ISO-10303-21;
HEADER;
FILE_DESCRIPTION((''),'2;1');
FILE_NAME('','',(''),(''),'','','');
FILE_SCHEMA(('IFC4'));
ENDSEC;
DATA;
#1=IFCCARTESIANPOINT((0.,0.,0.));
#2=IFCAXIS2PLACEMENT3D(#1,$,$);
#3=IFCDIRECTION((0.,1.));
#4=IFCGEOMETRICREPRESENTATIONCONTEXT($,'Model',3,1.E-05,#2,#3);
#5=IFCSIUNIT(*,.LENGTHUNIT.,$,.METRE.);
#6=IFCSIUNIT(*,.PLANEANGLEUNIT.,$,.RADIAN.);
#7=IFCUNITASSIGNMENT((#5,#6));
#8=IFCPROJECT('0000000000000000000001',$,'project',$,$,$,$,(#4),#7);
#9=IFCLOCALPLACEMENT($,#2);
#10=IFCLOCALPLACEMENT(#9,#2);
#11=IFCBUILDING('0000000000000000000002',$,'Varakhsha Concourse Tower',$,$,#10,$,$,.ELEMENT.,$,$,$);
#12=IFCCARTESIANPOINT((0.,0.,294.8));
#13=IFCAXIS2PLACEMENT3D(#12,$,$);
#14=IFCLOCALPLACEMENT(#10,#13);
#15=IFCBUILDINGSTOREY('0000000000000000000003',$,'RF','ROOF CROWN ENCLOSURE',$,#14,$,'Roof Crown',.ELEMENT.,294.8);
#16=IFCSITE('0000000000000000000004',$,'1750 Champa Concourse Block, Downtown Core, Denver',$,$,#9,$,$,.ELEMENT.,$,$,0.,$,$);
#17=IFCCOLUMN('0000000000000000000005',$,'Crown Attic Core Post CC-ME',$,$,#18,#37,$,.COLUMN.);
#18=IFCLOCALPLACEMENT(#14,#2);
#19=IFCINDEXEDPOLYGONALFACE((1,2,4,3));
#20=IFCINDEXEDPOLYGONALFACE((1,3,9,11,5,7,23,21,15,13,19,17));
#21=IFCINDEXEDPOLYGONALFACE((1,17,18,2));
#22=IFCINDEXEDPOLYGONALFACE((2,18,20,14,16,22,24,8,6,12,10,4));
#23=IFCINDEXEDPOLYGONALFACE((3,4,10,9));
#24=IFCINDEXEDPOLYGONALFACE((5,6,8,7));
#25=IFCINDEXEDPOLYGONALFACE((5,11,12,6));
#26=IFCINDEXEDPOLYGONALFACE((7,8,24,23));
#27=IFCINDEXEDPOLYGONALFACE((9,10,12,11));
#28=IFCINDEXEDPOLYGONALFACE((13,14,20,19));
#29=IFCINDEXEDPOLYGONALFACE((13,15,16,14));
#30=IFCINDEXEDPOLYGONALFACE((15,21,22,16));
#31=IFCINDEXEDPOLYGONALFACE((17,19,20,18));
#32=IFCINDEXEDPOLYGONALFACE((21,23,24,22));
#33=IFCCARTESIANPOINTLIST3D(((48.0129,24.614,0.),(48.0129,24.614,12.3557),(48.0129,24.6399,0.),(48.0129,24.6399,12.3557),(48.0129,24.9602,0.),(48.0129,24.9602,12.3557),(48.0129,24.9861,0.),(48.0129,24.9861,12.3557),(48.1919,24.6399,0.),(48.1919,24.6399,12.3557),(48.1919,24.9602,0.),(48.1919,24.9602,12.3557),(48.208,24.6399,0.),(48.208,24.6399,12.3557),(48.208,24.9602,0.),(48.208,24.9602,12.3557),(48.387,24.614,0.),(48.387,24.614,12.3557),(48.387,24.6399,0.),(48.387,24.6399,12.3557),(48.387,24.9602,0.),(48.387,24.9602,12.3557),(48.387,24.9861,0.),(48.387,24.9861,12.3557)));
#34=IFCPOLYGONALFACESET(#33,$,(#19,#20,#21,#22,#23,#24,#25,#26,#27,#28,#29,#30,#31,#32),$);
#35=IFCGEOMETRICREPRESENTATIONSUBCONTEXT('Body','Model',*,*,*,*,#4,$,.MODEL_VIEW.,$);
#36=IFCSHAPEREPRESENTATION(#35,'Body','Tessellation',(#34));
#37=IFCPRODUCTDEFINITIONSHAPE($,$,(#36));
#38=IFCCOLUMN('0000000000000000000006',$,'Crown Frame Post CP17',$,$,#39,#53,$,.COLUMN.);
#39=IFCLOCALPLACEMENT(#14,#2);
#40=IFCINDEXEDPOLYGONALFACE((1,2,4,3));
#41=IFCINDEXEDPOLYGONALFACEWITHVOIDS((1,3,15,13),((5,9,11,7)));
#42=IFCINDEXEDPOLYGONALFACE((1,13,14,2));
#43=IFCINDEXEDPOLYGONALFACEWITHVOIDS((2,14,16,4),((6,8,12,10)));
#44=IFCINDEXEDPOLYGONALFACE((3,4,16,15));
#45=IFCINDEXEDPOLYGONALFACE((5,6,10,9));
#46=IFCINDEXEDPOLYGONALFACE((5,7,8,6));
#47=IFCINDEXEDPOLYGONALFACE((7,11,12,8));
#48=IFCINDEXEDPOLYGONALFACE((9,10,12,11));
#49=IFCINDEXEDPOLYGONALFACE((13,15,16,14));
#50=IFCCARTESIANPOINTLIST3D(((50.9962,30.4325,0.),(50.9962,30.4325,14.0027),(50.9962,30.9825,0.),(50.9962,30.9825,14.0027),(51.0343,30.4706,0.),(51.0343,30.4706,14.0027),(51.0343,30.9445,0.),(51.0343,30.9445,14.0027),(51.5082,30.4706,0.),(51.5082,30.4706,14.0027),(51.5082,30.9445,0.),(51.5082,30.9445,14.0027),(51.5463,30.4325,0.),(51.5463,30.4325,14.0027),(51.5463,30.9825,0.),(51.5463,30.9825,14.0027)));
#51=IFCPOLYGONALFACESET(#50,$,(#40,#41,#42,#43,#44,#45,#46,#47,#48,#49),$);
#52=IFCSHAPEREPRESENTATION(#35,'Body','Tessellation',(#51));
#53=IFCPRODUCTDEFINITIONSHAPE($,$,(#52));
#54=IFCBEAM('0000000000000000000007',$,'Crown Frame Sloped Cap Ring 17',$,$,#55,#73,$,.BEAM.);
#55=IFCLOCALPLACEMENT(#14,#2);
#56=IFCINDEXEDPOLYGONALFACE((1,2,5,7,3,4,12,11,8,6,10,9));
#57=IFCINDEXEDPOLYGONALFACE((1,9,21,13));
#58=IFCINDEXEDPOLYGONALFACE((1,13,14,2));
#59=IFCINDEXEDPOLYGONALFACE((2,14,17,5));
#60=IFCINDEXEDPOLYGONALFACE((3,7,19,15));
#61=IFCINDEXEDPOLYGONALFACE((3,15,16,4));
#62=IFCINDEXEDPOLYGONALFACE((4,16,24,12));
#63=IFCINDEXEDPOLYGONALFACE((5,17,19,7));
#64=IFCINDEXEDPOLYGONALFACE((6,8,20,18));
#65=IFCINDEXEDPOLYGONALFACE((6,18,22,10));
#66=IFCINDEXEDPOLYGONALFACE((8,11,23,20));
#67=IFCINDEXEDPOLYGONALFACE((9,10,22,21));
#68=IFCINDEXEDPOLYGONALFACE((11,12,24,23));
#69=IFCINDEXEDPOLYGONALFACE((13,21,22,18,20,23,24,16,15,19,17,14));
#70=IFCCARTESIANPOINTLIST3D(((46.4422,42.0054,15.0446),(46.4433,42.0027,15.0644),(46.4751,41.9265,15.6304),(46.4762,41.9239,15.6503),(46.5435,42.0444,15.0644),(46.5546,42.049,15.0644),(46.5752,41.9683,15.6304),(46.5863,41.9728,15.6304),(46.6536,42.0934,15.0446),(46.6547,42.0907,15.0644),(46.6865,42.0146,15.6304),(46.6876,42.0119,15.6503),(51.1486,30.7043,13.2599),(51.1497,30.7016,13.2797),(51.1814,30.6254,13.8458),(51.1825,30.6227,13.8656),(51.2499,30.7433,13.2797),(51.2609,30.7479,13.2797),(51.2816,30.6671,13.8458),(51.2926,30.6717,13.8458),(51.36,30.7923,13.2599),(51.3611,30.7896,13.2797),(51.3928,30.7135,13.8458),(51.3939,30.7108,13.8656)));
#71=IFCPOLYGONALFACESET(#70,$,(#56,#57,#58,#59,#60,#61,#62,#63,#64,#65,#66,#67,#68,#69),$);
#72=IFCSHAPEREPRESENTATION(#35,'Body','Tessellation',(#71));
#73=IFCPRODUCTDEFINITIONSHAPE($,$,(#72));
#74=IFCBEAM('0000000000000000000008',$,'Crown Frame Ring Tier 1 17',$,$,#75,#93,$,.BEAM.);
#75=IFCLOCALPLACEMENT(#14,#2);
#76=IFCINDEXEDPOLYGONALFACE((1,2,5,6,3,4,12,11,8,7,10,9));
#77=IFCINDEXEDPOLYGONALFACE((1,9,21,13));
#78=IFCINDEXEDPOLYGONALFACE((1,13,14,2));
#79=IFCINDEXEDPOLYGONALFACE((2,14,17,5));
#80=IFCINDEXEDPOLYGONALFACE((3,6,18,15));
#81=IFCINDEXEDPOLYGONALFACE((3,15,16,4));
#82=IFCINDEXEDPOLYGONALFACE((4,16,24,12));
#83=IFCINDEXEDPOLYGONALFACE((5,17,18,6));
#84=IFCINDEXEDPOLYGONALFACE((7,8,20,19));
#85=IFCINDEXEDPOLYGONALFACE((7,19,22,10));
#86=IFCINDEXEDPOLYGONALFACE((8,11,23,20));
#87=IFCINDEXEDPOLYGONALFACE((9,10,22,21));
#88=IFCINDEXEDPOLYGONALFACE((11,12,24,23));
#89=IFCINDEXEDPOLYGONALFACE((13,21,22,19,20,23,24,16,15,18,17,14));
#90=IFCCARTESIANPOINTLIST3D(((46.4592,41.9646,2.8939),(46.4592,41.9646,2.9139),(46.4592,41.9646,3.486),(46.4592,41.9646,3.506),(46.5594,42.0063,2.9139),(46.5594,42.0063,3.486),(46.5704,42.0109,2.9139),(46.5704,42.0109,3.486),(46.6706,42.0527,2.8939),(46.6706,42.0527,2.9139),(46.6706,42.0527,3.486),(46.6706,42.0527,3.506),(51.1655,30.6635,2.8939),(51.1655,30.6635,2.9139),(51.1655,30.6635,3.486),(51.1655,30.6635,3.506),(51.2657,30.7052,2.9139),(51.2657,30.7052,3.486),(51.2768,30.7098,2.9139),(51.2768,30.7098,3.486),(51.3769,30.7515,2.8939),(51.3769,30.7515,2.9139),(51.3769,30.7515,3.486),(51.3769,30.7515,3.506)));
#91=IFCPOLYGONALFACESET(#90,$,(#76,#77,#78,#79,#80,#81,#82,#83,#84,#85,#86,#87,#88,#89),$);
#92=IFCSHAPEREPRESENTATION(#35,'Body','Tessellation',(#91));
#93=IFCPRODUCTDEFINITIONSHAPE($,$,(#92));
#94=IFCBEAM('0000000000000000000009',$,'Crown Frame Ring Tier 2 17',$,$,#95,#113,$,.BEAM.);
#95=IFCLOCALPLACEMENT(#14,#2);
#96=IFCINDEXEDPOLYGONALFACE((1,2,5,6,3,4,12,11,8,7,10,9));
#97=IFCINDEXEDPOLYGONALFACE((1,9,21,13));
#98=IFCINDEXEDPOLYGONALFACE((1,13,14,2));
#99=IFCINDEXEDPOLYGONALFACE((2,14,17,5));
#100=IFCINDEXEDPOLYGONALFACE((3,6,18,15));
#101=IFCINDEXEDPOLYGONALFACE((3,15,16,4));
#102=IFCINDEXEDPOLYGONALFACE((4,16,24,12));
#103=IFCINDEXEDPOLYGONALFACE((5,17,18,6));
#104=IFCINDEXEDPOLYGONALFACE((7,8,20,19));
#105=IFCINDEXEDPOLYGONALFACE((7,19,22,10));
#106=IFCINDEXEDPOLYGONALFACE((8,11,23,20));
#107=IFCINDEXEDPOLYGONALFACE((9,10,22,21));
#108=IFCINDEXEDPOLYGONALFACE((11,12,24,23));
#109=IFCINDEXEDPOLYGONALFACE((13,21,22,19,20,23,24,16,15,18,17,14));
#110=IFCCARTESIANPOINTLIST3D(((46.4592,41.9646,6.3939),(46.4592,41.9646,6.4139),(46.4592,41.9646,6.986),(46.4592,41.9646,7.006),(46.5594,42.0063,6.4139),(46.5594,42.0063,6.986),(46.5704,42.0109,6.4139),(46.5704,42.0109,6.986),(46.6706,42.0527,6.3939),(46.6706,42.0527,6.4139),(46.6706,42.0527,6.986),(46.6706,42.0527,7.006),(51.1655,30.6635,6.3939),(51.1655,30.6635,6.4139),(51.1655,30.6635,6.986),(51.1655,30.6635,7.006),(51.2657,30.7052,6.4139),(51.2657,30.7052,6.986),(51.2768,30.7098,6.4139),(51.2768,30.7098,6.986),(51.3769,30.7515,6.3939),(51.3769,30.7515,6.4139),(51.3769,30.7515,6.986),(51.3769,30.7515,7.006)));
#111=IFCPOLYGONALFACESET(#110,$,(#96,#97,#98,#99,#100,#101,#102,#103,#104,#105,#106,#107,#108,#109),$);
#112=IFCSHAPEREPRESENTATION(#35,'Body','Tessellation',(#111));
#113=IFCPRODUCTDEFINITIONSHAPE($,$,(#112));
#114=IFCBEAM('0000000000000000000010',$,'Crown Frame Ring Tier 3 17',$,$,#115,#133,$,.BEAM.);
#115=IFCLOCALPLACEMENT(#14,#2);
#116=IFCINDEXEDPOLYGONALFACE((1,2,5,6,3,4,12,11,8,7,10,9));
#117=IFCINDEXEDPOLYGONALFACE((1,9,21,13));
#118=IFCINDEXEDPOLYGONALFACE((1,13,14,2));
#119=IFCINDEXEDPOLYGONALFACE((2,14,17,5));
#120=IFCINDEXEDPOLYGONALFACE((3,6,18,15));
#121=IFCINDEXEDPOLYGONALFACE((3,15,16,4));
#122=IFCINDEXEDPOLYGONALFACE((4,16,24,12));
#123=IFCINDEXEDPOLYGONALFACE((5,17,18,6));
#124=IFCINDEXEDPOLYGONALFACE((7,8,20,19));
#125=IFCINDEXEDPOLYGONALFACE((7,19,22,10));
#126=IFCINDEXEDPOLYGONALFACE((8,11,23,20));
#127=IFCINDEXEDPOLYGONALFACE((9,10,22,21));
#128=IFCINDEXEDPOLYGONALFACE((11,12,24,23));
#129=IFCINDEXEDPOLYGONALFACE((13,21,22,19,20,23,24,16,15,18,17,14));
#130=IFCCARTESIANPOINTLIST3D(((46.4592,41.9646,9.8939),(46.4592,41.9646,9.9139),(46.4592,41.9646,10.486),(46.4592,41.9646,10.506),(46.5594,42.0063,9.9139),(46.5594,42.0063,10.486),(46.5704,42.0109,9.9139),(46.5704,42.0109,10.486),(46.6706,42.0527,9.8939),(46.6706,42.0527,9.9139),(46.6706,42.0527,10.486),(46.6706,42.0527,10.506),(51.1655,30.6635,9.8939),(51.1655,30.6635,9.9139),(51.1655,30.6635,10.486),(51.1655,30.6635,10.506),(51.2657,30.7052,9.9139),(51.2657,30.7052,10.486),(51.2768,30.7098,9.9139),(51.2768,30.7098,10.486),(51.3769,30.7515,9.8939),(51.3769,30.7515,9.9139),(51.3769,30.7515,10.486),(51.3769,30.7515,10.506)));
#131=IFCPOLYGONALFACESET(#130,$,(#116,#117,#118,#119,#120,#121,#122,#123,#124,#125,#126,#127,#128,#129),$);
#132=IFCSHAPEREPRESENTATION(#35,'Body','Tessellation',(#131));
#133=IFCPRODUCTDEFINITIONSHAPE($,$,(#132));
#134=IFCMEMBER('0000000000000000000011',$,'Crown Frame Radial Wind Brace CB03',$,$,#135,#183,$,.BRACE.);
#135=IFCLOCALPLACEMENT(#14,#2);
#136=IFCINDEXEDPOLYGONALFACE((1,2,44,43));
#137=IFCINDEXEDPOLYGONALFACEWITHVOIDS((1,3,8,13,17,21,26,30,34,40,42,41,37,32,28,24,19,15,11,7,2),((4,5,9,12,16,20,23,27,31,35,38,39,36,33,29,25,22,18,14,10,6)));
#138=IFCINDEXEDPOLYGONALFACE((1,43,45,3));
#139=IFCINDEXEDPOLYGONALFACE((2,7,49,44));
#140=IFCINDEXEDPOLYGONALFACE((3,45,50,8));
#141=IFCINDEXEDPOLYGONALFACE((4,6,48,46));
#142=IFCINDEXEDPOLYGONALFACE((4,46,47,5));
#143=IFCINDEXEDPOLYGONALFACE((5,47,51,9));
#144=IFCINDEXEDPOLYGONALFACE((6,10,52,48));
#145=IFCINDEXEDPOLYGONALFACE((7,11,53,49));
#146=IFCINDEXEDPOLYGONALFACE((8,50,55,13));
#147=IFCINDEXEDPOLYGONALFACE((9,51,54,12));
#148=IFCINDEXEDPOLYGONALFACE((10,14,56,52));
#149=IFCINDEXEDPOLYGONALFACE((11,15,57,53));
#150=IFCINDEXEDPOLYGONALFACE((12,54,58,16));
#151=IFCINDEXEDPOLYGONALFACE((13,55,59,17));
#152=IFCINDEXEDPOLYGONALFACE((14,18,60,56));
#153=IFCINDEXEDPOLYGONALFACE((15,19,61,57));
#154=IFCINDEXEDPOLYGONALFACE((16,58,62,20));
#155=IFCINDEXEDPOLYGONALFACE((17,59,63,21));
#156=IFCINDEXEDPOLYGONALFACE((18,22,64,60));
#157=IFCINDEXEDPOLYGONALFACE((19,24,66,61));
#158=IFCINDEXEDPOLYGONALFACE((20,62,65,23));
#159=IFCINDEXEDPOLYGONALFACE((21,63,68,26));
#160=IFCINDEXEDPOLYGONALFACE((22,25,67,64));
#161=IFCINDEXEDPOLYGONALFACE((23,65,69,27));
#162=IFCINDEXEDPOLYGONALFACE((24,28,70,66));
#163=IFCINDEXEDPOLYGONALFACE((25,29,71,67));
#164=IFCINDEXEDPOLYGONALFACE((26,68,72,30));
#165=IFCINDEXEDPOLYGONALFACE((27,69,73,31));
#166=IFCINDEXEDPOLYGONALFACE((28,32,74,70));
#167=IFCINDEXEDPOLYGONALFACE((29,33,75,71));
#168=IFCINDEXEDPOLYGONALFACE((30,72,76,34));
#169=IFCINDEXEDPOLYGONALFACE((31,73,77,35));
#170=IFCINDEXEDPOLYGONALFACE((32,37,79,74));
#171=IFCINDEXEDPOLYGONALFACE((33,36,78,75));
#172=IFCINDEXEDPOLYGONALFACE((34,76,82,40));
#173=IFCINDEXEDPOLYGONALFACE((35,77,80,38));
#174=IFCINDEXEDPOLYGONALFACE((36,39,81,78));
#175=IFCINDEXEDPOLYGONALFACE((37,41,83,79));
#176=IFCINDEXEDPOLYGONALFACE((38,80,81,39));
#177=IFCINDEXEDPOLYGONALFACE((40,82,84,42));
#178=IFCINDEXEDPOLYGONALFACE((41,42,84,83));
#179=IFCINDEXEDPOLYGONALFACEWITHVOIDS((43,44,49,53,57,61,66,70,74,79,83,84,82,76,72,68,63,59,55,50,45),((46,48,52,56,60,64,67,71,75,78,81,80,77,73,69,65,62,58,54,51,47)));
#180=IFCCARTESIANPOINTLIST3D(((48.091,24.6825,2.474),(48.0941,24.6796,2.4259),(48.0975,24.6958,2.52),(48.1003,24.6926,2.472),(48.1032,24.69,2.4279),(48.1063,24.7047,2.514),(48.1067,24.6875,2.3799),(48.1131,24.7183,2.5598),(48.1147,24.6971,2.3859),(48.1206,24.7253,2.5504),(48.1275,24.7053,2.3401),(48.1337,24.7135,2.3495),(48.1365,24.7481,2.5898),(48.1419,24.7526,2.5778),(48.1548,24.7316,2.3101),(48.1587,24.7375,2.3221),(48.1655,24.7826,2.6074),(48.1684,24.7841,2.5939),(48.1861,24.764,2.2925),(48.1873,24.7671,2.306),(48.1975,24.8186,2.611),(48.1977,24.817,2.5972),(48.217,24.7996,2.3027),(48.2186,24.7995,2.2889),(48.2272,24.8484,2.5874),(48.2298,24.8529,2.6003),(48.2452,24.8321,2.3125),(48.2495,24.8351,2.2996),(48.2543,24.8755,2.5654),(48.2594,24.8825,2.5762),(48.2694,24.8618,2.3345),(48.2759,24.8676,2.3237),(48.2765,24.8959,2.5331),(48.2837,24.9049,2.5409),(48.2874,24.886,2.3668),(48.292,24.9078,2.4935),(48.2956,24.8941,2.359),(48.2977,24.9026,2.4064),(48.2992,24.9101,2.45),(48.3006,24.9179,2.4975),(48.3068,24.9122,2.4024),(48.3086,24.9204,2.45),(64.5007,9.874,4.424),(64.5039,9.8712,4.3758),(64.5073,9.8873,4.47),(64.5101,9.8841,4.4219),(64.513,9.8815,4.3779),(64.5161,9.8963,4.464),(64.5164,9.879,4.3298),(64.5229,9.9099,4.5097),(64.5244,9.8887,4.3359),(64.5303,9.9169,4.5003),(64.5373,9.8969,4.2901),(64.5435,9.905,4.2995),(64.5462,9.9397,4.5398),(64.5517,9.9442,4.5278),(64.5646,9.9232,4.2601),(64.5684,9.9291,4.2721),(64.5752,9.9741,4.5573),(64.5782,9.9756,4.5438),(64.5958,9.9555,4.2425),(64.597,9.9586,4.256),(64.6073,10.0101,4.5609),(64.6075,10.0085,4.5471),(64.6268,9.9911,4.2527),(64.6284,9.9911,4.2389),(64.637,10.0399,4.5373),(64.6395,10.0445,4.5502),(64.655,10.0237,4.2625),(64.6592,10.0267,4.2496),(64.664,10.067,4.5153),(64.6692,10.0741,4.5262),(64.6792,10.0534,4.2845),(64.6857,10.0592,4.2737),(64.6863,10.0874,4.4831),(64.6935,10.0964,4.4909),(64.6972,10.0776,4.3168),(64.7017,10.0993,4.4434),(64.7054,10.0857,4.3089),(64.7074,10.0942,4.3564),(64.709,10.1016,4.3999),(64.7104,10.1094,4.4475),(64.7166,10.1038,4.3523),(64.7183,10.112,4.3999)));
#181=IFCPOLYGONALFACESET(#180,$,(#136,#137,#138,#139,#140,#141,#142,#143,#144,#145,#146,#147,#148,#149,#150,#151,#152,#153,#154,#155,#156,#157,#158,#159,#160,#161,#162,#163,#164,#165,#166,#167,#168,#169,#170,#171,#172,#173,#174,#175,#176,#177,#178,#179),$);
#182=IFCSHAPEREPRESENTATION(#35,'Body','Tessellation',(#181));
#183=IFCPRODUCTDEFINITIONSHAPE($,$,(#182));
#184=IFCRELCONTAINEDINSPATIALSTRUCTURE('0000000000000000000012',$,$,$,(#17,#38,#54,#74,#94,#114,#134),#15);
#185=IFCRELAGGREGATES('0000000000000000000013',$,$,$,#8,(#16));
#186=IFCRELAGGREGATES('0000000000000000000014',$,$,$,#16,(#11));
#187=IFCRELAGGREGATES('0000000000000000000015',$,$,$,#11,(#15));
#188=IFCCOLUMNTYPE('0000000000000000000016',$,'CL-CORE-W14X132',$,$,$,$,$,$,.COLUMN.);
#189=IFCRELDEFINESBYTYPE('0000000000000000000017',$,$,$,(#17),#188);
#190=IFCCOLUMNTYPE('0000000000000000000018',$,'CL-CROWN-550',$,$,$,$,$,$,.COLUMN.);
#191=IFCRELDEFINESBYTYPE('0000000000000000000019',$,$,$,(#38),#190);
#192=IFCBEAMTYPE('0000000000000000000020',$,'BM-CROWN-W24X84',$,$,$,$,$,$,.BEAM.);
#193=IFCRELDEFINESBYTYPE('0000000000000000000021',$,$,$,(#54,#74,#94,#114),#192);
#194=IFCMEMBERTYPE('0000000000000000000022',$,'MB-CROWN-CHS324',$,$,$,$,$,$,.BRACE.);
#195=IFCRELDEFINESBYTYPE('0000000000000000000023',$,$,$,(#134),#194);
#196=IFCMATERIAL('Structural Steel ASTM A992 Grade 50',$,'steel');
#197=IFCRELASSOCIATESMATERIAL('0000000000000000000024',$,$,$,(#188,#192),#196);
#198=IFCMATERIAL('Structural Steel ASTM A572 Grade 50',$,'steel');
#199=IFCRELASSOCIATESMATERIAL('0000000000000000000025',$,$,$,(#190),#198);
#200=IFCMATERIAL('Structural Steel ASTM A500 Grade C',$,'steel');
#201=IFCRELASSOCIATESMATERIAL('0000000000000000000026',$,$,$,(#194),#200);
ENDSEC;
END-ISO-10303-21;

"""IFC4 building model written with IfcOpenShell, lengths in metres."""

from ifc_helpers import new_model, si_unit, direction, frame, origin, origin_2d, place, context, subcontext, project, spatial, hollow_rectangle, hollow_circle, i_section, extrude, source, transform, mapped, material, material_profile, profile_set, type_object, type_shapes, element, save


model = new_model("IFC4")

# Units and contexts
model_context = context("Model", 3, precision=1e-05, world=origin(), true_north=direction((0.0, 1.0)))
body_context = subcontext(model_context, "Body", "Model", "MODEL_VIEW")
ifc_project = project(units=[si_unit("LENGTHUNIT", "METRE"), si_unit("PLANEANGLEUNIT", "RADIAN")], contexts=[model_context])

# Site, building, storey
site_placement = place(None, origin())
site = spatial("IfcSite", under=ifc_project, at=site_placement, Name="1750 Champa Concourse Block, Downtown Core, Denver", CompositionType="ELEMENT", RefElevation=0.0)
building_placement = place(site_placement, origin())
building = spatial("IfcBuilding", under=site, at=building_placement, Name="Varakhsha Concourse Tower", CompositionType="ELEMENT")
storey_placement = place(building_placement, frame((0.0, 0.0, 294.8)))
storey = spatial("IfcBuildingStorey", under=building, at=storey_placement, Name="RF", Description="ROOF CROWN ENCLOSURE", LongName="Roof Crown", CompositionType="ELEMENT", Elevation=294.8)

# Columns
ifc_material_1 = material(Name="Structural Steel ASTM A992 Grade 50", Category="steel")
ifc_material_profile_1 = material_profile(ifc_material_1, i_section(OverallWidth=0.374, OverallDepth=0.3721, WebThickness=0.0161, FlangeThickness=0.0259, at=origin_2d()), Name="W14X132")
ifc_profile_set_1 = profile_set([ifc_material_profile_1], Name="Structural Steel ASTM A992 Grade 50")
column_type_1 = type_object("IfcColumnType", Name="CL-CORE-W14X132", PredefinedType="COLUMN", material=ifc_profile_set_1)
column_1_placement = place(storey_placement, frame((48.2, 24.8, 0.0), z_axis=(0.0, 0.0, 1.0), x_axis=(1.0, 0.0, 0.0)))
element("IfcColumn", 1, at=column_1_placement, inside=storey, type_object=column_type_1, Name="Crown Attic Core Post CC-ME", PredefinedType="COLUMN", context=body_context, shape_type="SweptSolid", body=[
    extrude(i_section(OverallWidth=0.374, OverallDepth=0.3721, WebThickness=0.0161, FlangeThickness=0.0259, at=origin_2d()), origin(), (0.0, 0.0, 1.0), 12.3557),
])
ifc_material_2 = material(Name="Structural Steel ASTM A572 Grade 50", Category="steel")
ifc_material_profile_2 = material_profile(ifc_material_2, hollow_rectangle(XDim=0.55, YDim=0.55, WallThickness=0.0381, at=origin_2d()), Name="BOX 550x550x38")
ifc_profile_set_2 = profile_set([ifc_material_profile_2], Name="Structural Steel ASTM A572 Grade 50")
column_type_2 = type_object("IfcColumnType", Name="CL-CROWN-550", PredefinedType="COLUMN", material=ifc_profile_set_2)
column_2_placement = place(storey_placement, frame((51.2712, 30.7075, 0.0), z_axis=(0.0, 0.0, 1.0), x_axis=(1.0, 0.0, 0.0)))
element("IfcColumn", 2, at=column_2_placement, inside=storey, type_object=column_type_2, Name="Crown Frame Post CP17", PredefinedType="COLUMN", context=body_context, shape_type="SweptSolid", body=[
    extrude(hollow_rectangle(XDim=0.55, YDim=0.55, WallThickness=0.0381, at=origin_2d()), origin(), (0.0, 0.0, 1.0), 14.0027),
])

# Beams
ifc_material_profile_3 = material_profile(ifc_material_1, i_section(OverallWidth=0.229, OverallDepth=0.6121, WebThickness=0.012, FlangeThickness=0.02, at=origin_2d()), Name="W24X84")
ifc_profile_set_3 = profile_set([ifc_material_profile_3], Name="Structural Steel ASTM A992 Grade 50")
beam_type = type_object("IfcBeamType", Name="BM-CROWN-W24X84", PredefinedType="BEAM", material=ifc_profile_set_3)
beam_placement = place(storey_placement, frame((51.2712, 30.7075, 13.5627), z_axis=(-0.380423, 0.913492, 0.144259), x_axis=(-0.923148, -0.384444, 0.0)))
element("IfcBeam", 3, at=beam_placement, inside=storey, type_object=beam_type, Name="Crown Frame Sloped Cap Ring 17", PredefinedType="BEAM", context=body_context, shape_type="SweptSolid", body=[
    extrude(i_section(OverallWidth=0.229, OverallDepth=0.6121, WebThickness=0.012, FlangeThickness=0.02, at=origin_2d()), origin(), (0.0, 0.0, 1.0), 12.3713),
])
for number, where, z_axis, x_axis, name in (
    (4, (51.2712, 30.7075, 3.2), (-0.384444, 0.923148, 0.0), (-0.923148, -0.384444, 0.0), "Crown Frame Ring Tier 1 17"),
    (5, (51.2712, 30.7075, 6.7), (-0.384444, 0.923148, 0.0), (-0.923148, -0.384444, 0.0), "Crown Frame Ring Tier 2 17"),
    (6, (51.2712, 30.7075, 10.2), (-0.384444, 0.923148, 0.0), (-0.923148, -0.384444, 0.0), "Crown Frame Ring Tier 3 17"),
):
    element("IfcBeam", number, at=place(storey_placement, frame(where, z_axis=z_axis, x_axis=x_axis)), inside=storey, type_object=beam_type, Name=name, PredefinedType="BEAM", context=body_context, shape_type="SweptSolid", body=[
        extrude(i_section(OverallWidth=0.229, OverallDepth=0.6121, WebThickness=0.012, FlangeThickness=0.02, at=origin_2d()), origin(), (0.0, 0.0, 1.0), 12.2419),
    ])

# Member
ifc_material_3 = material(Name="Structural Steel ASTM A500 Grade C", Category="steel")
ifc_material_profile_4 = material_profile(ifc_material_3, hollow_circle(Radius=0.1621, WallThickness=0.0139, at=origin_2d()), Name="CHS 324x14")
ifc_profile_set_4 = profile_set([ifc_material_profile_4], Name="Structural Steel ASTM A500 Grade C")
member_type_1 = type_object("IfcMemberType", Name="MB-CROWN-CHS324", PredefinedType="BRACE", material=ifc_profile_set_4)
shared_shape_1 = source(origin(), body_context, "Body", "SweptSolid", [
    extrude(hollow_circle(Radius=0.1621, WallThickness=0.0139, at=origin_2d()), origin(), (0.0, 0.0, 1.0), 22.1895),
])
type_shapes(member_type_1, [shared_shape_1])
member_1_placement = place(storey_placement, frame((48.2, 24.8, 2.45), z_axis=(0.739529, -0.667363, 0.087878), x_axis=(0.669955, 0.742402, 0.0)))
element("IfcMember", 7, at=member_1_placement, inside=storey, type_object=member_type_1, Name="Crown Frame Radial Wind Brace CB03", PredefinedType="BRACE", context=body_context, shape_type="MappedRepresentation", body=[
    mapped(shared_shape_1, transform((0.0, 0.0, 0.0), scale=1.0)),
])

save(model, "model.ifc")
